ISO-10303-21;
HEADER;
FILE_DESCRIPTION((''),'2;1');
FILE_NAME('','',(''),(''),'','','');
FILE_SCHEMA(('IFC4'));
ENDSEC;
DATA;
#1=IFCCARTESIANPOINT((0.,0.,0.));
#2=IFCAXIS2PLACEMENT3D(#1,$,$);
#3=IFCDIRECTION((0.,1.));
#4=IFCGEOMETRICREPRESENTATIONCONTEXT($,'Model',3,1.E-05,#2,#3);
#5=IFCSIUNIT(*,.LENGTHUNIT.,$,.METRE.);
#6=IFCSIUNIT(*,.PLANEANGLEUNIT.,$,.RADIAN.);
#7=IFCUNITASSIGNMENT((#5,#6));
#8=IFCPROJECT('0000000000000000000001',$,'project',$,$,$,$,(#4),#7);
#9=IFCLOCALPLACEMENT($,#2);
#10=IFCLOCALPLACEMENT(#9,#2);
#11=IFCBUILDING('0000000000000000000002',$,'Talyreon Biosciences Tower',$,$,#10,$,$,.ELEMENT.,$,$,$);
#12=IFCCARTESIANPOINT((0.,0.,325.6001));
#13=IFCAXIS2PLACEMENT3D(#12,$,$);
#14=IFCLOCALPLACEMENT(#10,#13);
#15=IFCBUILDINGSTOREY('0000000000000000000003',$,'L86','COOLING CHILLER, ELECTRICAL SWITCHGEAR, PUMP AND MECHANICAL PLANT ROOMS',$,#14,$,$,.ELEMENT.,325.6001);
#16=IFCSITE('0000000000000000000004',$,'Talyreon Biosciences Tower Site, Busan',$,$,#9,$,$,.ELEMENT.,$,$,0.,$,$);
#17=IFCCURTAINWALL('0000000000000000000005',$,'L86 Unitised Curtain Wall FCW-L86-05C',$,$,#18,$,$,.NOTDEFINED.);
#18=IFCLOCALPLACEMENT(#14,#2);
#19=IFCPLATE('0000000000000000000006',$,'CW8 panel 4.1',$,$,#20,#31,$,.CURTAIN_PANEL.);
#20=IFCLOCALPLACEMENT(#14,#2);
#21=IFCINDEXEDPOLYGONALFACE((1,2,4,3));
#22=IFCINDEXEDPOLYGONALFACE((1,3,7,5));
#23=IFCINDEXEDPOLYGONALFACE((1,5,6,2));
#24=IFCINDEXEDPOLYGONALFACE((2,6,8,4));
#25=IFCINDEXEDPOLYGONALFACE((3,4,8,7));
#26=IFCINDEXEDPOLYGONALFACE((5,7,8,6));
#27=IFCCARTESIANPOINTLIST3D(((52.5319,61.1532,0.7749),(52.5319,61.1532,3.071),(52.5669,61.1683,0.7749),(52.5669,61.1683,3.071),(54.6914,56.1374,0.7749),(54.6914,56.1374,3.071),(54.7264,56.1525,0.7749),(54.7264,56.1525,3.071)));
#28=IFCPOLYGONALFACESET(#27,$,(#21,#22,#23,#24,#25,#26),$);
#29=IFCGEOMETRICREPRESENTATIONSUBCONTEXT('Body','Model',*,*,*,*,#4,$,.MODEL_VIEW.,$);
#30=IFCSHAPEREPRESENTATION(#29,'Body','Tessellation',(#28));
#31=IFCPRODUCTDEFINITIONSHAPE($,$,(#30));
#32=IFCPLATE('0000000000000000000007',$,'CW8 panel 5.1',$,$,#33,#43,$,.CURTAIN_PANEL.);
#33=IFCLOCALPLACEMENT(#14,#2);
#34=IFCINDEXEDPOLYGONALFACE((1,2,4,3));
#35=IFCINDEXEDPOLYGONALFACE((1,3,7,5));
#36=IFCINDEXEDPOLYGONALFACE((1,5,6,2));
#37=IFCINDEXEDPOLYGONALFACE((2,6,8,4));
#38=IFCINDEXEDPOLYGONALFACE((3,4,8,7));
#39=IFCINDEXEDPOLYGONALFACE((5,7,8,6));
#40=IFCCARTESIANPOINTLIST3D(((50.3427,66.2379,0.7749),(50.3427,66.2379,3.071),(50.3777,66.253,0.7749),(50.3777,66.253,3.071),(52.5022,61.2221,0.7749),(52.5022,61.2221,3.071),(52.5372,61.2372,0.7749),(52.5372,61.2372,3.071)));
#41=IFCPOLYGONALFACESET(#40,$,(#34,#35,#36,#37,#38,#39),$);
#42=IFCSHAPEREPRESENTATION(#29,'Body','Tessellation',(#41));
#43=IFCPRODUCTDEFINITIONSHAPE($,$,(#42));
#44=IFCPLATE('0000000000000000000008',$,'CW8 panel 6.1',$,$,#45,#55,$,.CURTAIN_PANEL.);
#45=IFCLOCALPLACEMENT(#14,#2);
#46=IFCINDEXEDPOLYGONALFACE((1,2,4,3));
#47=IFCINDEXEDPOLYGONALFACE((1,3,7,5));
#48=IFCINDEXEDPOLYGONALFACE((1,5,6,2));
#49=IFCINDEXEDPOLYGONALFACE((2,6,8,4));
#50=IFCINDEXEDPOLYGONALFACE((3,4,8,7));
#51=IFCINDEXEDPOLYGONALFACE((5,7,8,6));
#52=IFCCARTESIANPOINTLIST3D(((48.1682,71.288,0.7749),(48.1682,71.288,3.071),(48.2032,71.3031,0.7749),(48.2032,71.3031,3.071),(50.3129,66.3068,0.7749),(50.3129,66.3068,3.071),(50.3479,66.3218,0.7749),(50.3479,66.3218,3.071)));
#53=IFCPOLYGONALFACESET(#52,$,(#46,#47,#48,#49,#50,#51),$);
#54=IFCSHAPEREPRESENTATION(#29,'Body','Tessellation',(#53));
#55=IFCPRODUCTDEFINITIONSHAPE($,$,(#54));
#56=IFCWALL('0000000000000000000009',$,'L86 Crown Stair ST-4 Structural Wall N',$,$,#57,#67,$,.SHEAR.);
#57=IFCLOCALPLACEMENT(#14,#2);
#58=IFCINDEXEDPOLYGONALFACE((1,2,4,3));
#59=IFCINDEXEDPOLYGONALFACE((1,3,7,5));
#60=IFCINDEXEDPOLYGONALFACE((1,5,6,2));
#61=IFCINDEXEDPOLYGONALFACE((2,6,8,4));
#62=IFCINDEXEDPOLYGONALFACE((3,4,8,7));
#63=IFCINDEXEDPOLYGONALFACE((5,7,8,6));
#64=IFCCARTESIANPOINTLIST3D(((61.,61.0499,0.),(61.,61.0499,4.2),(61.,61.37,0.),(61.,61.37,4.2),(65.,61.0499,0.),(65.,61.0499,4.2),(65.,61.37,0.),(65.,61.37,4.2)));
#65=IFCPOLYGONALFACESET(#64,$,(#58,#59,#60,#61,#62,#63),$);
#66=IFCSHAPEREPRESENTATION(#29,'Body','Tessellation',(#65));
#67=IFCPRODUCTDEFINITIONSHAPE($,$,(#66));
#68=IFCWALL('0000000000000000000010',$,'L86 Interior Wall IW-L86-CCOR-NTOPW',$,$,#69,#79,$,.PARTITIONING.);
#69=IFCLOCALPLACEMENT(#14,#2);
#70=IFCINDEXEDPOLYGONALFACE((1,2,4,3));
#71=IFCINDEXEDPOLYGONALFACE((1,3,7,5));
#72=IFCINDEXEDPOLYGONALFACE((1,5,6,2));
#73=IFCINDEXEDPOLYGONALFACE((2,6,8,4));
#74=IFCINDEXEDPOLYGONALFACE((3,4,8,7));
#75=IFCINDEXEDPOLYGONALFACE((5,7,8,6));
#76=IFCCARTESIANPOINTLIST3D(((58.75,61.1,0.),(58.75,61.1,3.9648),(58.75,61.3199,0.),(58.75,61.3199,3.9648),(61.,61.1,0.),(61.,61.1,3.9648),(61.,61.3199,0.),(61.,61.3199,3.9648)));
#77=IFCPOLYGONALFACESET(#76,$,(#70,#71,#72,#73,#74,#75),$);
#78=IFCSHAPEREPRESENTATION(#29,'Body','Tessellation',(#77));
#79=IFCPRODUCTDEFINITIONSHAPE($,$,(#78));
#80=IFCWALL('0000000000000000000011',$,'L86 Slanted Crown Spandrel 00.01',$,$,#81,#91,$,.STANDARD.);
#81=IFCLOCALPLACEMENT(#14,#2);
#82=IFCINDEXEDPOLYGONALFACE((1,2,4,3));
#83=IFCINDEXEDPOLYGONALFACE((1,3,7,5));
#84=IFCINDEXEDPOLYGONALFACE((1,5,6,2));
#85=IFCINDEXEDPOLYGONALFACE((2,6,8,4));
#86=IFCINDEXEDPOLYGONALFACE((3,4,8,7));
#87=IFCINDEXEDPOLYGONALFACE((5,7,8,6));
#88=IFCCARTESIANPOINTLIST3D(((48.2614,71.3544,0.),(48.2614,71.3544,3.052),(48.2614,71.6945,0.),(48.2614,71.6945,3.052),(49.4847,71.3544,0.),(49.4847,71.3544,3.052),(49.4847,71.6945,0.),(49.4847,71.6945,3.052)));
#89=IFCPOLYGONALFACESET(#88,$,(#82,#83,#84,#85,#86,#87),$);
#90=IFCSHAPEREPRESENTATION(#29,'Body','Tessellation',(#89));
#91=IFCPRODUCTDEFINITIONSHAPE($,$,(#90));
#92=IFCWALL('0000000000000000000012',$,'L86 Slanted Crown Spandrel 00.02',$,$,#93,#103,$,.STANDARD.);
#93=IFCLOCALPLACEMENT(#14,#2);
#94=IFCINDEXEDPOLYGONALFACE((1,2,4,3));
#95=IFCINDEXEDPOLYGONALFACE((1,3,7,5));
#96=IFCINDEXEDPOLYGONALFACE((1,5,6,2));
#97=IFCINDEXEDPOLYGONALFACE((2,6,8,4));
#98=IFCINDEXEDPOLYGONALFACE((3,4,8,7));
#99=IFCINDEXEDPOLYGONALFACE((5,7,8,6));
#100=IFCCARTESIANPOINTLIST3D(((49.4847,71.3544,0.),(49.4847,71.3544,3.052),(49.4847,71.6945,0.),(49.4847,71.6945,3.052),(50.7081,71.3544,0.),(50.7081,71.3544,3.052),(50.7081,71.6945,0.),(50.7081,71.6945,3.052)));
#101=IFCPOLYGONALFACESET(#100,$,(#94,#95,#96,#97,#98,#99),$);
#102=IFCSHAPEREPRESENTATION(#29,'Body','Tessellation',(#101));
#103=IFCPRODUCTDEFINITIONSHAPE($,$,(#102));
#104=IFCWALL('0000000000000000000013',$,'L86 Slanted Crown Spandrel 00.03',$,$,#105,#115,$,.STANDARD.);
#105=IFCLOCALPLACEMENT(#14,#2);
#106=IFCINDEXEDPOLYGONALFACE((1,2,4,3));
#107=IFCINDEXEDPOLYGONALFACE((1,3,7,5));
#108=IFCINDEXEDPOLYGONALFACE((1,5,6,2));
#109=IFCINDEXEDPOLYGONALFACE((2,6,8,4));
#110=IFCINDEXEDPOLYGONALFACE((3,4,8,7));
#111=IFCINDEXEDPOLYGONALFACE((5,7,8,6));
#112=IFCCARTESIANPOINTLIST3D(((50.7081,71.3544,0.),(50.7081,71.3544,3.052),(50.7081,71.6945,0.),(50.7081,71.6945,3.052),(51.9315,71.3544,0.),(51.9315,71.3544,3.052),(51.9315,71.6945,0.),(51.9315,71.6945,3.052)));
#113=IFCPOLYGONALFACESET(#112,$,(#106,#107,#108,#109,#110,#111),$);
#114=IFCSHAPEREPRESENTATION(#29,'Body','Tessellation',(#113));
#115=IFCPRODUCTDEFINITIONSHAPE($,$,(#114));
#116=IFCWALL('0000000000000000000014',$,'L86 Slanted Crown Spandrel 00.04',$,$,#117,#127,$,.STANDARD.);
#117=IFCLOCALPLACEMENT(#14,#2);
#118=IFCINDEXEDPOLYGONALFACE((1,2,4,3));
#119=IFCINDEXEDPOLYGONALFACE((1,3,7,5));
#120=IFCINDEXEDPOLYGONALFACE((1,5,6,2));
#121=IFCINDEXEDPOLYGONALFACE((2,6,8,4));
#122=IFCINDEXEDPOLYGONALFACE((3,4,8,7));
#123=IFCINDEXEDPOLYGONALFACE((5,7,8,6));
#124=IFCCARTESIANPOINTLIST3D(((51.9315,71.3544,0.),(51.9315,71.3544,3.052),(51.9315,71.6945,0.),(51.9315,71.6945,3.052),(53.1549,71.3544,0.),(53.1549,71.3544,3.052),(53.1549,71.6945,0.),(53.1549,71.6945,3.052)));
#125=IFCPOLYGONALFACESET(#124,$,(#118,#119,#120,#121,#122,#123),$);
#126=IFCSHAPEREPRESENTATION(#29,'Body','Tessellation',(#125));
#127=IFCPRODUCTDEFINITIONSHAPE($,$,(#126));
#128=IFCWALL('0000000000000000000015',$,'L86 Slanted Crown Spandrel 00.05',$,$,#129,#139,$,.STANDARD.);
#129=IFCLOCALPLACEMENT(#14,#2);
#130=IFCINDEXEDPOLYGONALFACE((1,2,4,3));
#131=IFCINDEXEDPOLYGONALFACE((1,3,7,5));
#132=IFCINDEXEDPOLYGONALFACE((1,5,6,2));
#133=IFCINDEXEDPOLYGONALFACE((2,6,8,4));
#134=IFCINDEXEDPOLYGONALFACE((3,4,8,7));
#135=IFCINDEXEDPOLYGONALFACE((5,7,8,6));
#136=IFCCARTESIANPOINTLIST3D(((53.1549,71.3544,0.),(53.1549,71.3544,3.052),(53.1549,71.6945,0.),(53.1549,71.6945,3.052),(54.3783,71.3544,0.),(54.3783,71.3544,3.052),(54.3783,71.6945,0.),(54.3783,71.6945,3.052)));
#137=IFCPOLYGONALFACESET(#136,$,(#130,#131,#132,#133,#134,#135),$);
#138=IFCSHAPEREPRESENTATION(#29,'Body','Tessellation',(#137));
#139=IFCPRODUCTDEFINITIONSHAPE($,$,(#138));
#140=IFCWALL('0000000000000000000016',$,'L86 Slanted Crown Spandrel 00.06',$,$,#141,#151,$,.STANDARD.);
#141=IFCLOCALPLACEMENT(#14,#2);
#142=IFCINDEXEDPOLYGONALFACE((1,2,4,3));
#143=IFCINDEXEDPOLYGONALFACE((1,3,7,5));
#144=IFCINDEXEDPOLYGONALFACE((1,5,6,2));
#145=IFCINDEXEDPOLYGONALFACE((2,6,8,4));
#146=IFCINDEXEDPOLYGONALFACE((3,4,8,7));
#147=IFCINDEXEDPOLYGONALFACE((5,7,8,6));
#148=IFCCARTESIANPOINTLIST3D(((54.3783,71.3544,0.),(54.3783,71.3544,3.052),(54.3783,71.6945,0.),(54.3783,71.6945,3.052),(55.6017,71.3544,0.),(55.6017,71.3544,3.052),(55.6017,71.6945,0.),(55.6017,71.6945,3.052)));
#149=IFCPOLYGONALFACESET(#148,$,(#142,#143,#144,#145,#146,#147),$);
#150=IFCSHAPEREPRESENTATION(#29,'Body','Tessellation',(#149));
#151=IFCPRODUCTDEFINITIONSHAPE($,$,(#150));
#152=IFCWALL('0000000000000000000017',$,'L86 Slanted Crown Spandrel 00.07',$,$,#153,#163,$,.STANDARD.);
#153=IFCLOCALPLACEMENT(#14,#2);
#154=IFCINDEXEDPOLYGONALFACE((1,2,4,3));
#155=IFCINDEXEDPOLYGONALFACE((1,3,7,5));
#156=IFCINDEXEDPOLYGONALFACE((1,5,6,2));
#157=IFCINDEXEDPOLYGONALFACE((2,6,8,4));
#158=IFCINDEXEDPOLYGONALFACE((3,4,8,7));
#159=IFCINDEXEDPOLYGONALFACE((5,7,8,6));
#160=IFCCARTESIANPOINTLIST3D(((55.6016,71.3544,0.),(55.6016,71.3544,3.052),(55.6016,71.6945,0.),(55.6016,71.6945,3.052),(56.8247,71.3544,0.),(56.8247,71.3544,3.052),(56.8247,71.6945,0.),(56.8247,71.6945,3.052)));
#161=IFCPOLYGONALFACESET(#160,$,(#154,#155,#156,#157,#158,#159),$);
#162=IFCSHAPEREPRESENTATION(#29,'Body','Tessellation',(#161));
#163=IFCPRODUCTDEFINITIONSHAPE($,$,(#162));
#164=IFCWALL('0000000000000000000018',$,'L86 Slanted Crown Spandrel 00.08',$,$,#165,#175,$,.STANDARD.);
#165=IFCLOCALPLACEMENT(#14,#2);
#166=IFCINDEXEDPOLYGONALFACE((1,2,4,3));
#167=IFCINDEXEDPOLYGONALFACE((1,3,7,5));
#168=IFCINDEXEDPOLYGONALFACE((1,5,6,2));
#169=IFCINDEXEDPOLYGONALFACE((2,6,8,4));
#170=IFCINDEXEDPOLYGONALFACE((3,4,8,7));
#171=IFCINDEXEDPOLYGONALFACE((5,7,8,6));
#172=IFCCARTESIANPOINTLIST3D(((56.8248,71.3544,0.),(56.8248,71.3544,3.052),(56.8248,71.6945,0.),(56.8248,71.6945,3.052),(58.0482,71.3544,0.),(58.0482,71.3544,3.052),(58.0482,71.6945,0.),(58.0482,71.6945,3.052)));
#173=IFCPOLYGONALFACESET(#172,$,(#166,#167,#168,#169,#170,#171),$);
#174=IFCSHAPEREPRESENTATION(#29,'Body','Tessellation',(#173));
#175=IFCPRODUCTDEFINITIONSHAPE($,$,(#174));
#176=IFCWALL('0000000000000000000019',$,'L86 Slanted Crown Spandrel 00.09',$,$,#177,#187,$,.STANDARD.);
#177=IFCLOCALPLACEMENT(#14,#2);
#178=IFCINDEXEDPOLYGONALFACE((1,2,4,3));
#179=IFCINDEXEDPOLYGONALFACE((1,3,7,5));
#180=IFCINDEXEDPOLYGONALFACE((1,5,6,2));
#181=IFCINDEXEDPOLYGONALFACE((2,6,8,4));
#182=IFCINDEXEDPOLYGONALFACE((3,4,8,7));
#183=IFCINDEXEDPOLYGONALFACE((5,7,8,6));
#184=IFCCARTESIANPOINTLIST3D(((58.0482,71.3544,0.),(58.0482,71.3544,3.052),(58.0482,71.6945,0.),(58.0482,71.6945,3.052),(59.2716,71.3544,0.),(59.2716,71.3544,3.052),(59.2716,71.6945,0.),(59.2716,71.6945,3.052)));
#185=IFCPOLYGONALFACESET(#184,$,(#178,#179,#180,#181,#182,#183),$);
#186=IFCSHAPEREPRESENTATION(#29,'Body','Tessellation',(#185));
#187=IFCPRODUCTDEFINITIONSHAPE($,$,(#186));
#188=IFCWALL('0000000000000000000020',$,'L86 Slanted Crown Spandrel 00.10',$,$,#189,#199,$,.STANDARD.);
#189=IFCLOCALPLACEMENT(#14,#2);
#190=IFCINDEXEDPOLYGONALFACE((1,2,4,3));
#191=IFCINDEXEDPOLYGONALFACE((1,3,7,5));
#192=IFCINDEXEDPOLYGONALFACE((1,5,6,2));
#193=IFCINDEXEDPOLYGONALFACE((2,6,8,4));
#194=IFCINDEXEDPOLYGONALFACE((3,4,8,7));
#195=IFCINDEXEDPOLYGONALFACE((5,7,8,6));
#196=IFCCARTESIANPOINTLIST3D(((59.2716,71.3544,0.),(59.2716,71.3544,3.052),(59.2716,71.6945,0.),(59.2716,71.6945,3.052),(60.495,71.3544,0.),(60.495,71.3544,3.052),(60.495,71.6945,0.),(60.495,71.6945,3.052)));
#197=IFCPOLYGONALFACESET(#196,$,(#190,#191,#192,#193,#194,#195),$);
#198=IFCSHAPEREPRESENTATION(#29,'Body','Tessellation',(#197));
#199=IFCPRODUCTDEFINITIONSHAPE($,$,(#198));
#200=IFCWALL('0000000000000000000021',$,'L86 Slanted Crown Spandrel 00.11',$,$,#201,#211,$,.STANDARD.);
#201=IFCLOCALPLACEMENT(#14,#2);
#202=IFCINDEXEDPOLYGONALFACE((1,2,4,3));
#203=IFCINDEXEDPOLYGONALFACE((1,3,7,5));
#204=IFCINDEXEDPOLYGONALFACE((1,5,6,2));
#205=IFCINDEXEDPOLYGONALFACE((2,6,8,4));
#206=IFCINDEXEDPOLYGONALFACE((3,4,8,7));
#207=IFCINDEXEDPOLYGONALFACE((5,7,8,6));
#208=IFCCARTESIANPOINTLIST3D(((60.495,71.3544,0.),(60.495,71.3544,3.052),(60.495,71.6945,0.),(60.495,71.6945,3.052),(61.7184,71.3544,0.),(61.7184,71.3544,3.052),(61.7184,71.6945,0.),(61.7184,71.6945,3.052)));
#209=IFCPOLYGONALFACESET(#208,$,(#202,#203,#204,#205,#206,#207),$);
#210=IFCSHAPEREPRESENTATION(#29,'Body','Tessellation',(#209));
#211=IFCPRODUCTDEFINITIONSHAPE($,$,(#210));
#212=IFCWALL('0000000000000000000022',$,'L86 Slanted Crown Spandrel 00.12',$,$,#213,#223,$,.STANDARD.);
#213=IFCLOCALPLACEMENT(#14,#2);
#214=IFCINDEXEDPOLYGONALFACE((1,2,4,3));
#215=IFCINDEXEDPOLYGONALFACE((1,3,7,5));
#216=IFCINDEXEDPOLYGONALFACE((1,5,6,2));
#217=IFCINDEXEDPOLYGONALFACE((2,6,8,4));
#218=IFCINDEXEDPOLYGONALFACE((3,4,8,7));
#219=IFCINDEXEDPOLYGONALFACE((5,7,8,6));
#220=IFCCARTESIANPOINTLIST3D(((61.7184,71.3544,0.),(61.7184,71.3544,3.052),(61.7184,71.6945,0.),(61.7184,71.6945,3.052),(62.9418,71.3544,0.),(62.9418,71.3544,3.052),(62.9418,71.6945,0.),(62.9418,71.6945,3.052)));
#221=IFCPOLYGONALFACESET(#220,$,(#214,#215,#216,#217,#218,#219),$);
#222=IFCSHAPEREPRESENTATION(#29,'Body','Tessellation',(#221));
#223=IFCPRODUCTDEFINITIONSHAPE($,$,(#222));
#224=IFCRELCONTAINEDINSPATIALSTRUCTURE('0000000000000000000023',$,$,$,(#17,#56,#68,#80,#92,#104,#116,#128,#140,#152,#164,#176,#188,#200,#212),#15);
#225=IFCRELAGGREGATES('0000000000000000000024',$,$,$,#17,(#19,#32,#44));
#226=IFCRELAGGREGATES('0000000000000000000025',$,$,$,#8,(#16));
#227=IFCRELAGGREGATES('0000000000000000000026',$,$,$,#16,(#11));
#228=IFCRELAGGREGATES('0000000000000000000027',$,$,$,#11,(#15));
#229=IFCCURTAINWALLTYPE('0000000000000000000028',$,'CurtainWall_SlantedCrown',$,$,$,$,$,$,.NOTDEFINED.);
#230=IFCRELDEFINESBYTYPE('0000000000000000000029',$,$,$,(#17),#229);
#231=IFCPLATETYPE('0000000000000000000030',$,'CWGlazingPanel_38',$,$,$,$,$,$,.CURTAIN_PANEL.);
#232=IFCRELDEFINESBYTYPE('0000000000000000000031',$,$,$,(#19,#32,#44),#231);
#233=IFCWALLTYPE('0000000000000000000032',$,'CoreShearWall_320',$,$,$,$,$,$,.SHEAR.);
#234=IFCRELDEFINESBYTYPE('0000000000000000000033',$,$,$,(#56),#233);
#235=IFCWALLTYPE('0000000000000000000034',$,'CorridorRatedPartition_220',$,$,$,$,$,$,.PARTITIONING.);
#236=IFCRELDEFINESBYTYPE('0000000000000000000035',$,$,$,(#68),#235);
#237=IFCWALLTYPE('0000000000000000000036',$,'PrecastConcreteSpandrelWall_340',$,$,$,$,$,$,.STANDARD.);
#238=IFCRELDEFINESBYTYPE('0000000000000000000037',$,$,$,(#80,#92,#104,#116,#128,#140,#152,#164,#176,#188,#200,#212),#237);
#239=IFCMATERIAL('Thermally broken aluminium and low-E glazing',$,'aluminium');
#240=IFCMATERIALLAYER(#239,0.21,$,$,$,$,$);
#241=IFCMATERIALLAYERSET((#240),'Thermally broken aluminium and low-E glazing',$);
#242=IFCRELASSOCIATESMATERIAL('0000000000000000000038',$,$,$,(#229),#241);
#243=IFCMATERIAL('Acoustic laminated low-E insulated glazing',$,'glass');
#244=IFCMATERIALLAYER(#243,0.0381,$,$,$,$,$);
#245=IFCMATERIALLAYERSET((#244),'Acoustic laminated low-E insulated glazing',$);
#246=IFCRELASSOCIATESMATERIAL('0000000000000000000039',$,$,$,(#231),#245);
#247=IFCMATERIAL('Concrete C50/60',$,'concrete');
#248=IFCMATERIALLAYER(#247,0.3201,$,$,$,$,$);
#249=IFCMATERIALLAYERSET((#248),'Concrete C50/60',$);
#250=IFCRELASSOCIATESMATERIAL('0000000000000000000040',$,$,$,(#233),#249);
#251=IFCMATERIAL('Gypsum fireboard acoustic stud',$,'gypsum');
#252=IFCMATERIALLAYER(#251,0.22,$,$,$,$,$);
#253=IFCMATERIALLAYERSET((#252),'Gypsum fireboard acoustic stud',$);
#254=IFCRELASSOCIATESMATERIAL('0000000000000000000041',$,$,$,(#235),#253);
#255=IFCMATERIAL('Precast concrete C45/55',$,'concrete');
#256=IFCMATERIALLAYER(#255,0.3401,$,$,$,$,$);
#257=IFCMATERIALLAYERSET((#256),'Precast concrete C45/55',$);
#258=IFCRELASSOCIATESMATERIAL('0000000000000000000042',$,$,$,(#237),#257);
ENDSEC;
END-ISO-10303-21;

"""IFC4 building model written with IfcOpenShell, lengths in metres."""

from ifc_helpers import new_model, si_unit, direction, frame, frame_2d, origin, origin_2d, place, context, subcontext, project, spatial, rectangle, extrude, material, layer, layer_set, type_object, element, aggregate, save


model = new_model("IFC4")

# Units and contexts
model_context = context("Model", 3, precision=1e-05, world=origin(), true_north=direction((0.0, 1.0)))
body_context = subcontext(model_context, "Body", "Model", "MODEL_VIEW")
ifc_project = project(units=[si_unit("LENGTHUNIT", "METRE"), si_unit("PLANEANGLEUNIT", "RADIAN")], contexts=[model_context])

# Site, building, storey
site_placement = place(None, origin())
site = spatial("IfcSite", under=ifc_project, at=site_placement, Name="Talyreon Biosciences Tower Site, Busan", CompositionType="ELEMENT", RefElevation=0.0)
building_placement = place(site_placement, origin())
building = spatial("IfcBuilding", under=site, at=building_placement, Name="Talyreon Biosciences Tower", CompositionType="ELEMENT")
storey_placement = place(building_placement, frame((0.0, 0.0, 325.6001)))
storey = spatial("IfcBuildingStorey", under=building, at=storey_placement, Name="L86", Description="COOLING CHILLER, ELECTRICAL SWITCHGEAR, PUMP AND MECHANICAL PLANT ROOMS", CompositionType="ELEMENT", Elevation=325.6001)

# Shared definitions
ifc_material_1 = material(Name="Concrete C50/60", Category="concrete")

# Curtain wall
ifc_material_2 = material(Name="Thermally broken aluminium and low-E glazing", Category="aluminium")
ifc_layer_1 = layer(ifc_material_2, 0.21)
ifc_layer_set_1 = layer_set([ifc_layer_1], Name="Thermally broken aluminium and low-E glazing")
curtain_wall_type = type_object("IfcCurtainWallType", Name="CurtainWall_SlantedCrown", PredefinedType="NOTDEFINED", material=ifc_layer_set_1)
curtain_wall_placement = place(storey_placement, origin())
curtain_wall = element("IfcCurtainWall", 1, at=curtain_wall_placement, inside=storey, type_object=curtain_wall_type, Name="L86 Unitised Curtain Wall FCW-L86-05C", PredefinedType="NOTDEFINED")

# Plates
ifc_material_3 = material(Name="Acoustic laminated low-E insulated glazing", Category="glass")
ifc_layer_2 = layer(ifc_material_3, 0.0381)
ifc_layer_set_2 = layer_set([ifc_layer_2], Name="Acoustic laminated low-E insulated glazing")
plate_type = type_object("IfcPlateType", Name="CWGlazingPanel_38", PredefinedType="CURTAIN_PANEL", material=ifc_layer_set_2)
plate_1_placement = place(storey_placement, frame((53.6292, 58.6528, 0.7749), z_axis=(0.0, 0.0, 1.0), x_axis=(-0.395451, 0.918487, 0.0)))
plate_1 = element("IfcPlate", 2, at=plate_1_placement, type_object=plate_type, Name="CW8 panel 4.1", PredefinedType="CURTAIN_PANEL", context=body_context, shape_type="SweptSolid", body=[
    extrude(rectangle(XDim=5.4609, YDim=0.0381, at=origin_2d()), origin(), (0.0, 0.0, 1.0), 2.2961),
])
plate_2_placement = place(storey_placement, frame((51.4399, 63.7375, 0.7749), z_axis=(0.0, 0.0, 1.0), x_axis=(-0.395451, 0.918487, 0.0)))
plate_2 = element("IfcPlate", 3, at=plate_2_placement, type_object=plate_type, Name="CW8 panel 5.1", PredefinedType="CURTAIN_PANEL", context=body_context, shape_type="SweptSolid", body=[
    extrude(rectangle(XDim=5.4609, YDim=0.0381, at=origin_2d()), origin(), (0.0, 0.0, 1.0), 2.2961),
])
plate_3_placement = place(storey_placement, frame((49.2581, 68.8049, 0.7749), z_axis=(0.0, 0.0, 1.0), x_axis=(-0.395451, 0.918487, 0.0)))
plate_3 = element("IfcPlate", 4, at=plate_3_placement, type_object=plate_type, Name="CW8 panel 6.1", PredefinedType="CURTAIN_PANEL", context=body_context, shape_type="SweptSolid", body=[
    extrude(rectangle(XDim=5.4233, YDim=0.0381, at=origin_2d()), origin(), (0.0, 0.0, 1.0), 2.2961),
])
aggregate(curtain_wall, [plate_1, plate_2, plate_3])

# Walls
ifc_layer_3 = layer(ifc_material_1, 0.3201)
ifc_layer_set_3 = layer_set([ifc_layer_3], Name="Concrete C50/60")
wall_type_1 = type_object("IfcWallType", Name="CoreShearWall_320", PredefinedType="SHEAR", material=ifc_layer_set_3)
wall_1_placement = place(storey_placement, frame((61.0, 61.21, 0.0), z_axis=(0.0, 0.0, 1.0), x_axis=(1.0, 0.0, 0.0)))
element("IfcWall", 5, at=wall_1_placement, inside=storey, type_object=wall_type_1, Name="L86 Crown Stair ST-4 Structural Wall N", PredefinedType="SHEAR", context=body_context, shape_type="SweptSolid", body=[
    extrude(rectangle(XDim=4.0, YDim=0.3201, at=frame_2d((2.0, 0.0))), origin(), (0.0, 0.0, 1.0), 4.2),
])
ifc_material_4 = material(Name="Gypsum fireboard acoustic stud", Category="gypsum")
ifc_layer_4 = layer(ifc_material_4, 0.22)
ifc_layer_set_4 = layer_set([ifc_layer_4], Name="Gypsum fireboard acoustic stud")
wall_type_2 = type_object("IfcWallType", Name="CorridorRatedPartition_220", PredefinedType="PARTITIONING", material=ifc_layer_set_4)
wall_2_placement = place(storey_placement, frame((58.75, 61.21, 0.0), z_axis=(0.0, 0.0, 1.0), x_axis=(1.0, 0.0, 0.0)))
element("IfcWall", 6, at=wall_2_placement, inside=storey, type_object=wall_type_2, Name="L86 Interior Wall IW-L86-CCOR-NTOPW", PredefinedType="PARTITIONING", context=body_context, shape_type="SweptSolid", body=[
    extrude(rectangle(XDim=2.25, YDim=0.22, at=frame_2d((1.125, 0.0))), origin(), (0.0, 0.0, 1.0), 3.9648),
])
ifc_material_5 = material(Name="Precast concrete C45/55", Category="concrete")
ifc_layer_5 = layer(ifc_material_5, 0.3401)
ifc_layer_set_5 = layer_set([ifc_layer_5], Name="Precast concrete C45/55")
wall_type_3 = type_object("IfcWallType", Name="PrecastConcreteSpandrelWall_340", PredefinedType="STANDARD", material=ifc_layer_set_5)
for number, where, z_axis, x_axis, name in (
    (7, (48.2612, 71.5244, 0.0), (0.0, 0.0, 1.0), (1.0, 0.0, 0.0), "L86 Slanted Crown Spandrel 00.01"),
    (8, (49.4846, 71.5244, 0.0), (0.0, 0.0, 1.0), (1.0, 0.0, 0.0), "L86 Slanted Crown Spandrel 00.02"),
    (9, (50.708, 71.5244, 0.0), (0.0, 0.0, 1.0), (1.0, 0.0, 0.0), "L86 Slanted Crown Spandrel 00.03"),
    (10, (51.9314, 71.5244, 0.0), (0.0, 0.0, 1.0), (1.0, 0.0, 0.0), "L86 Slanted Crown Spandrel 00.04"),
    (11, (53.1548, 71.5244, 0.0), (0.0, 0.0, 1.0), (1.0, 0.0, 0.0), "L86 Slanted Crown Spandrel 00.05"),
    (12, (54.3782, 71.5244, 0.0), (0.0, 0.0, 1.0), (1.0, 0.0, 0.0), "L86 Slanted Crown Spandrel 00.06"),
):
    element("IfcWall", number, at=place(storey_placement, frame(where, z_axis=z_axis, x_axis=x_axis)), inside=storey, type_object=wall_type_3, Name=name, PredefinedType="STANDARD", context=body_context, shape_type="SweptSolid", body=[
        extrude(rectangle(XDim=1.2234, YDim=0.3401, at=frame_2d((0.6118, 0.0))), origin(), (0.0, 0.0, 1.0), 3.052),
    ])
wall_3_placement = place(storey_placement, frame((55.6016, 71.5244, 0.0), z_axis=(0.0, 0.0, 1.0), x_axis=(1.0, 0.0, 0.0)))
element("IfcWall", 13, at=wall_3_placement, inside=storey, type_object=wall_type_3, Name="L86 Slanted Crown Spandrel 00.07", PredefinedType="STANDARD", context=body_context, shape_type="SweptSolid", body=[
    extrude(rectangle(XDim=1.2231, YDim=0.3401, at=frame_2d((0.6116, 0.0))), origin(), (0.0, 0.0, 1.0), 3.052),
])
for number, where, z_axis, x_axis, name in (
    (14, (56.8247, 71.5244, 0.0), (0.0, 0.0, 1.0), (1.0, 0.0, 0.0), "L86 Slanted Crown Spandrel 00.08"),
    (15, (58.0481, 71.5244, 0.0), (0.0, 0.0, 1.0), (1.0, 0.0, 0.0), "L86 Slanted Crown Spandrel 00.09"),
    (16, (59.2715, 71.5244, 0.0), (0.0, 0.0, 1.0), (1.0, 0.0, 0.0), "L86 Slanted Crown Spandrel 00.10"),
    (17, (60.4949, 71.5244, 0.0), (0.0, 0.0, 1.0), (1.0, 0.0, 0.0), "L86 Slanted Crown Spandrel 00.11"),
    (18, (61.7183, 71.5244, 0.0), (0.0, 0.0, 1.0), (1.0, 0.0, 0.0), "L86 Slanted Crown Spandrel 00.12"),
):
    element("IfcWall", number, at=place(storey_placement, frame(where, z_axis=z_axis, x_axis=x_axis)), inside=storey, type_object=wall_type_3, Name=name, PredefinedType="STANDARD", context=body_context, shape_type="SweptSolid", body=[
        extrude(rectangle(XDim=1.2234, YDim=0.3401, at=frame_2d((0.6118, 0.0))), origin(), (0.0, 0.0, 1.0), 3.052),
    ])

save(model, "model.ifc")
